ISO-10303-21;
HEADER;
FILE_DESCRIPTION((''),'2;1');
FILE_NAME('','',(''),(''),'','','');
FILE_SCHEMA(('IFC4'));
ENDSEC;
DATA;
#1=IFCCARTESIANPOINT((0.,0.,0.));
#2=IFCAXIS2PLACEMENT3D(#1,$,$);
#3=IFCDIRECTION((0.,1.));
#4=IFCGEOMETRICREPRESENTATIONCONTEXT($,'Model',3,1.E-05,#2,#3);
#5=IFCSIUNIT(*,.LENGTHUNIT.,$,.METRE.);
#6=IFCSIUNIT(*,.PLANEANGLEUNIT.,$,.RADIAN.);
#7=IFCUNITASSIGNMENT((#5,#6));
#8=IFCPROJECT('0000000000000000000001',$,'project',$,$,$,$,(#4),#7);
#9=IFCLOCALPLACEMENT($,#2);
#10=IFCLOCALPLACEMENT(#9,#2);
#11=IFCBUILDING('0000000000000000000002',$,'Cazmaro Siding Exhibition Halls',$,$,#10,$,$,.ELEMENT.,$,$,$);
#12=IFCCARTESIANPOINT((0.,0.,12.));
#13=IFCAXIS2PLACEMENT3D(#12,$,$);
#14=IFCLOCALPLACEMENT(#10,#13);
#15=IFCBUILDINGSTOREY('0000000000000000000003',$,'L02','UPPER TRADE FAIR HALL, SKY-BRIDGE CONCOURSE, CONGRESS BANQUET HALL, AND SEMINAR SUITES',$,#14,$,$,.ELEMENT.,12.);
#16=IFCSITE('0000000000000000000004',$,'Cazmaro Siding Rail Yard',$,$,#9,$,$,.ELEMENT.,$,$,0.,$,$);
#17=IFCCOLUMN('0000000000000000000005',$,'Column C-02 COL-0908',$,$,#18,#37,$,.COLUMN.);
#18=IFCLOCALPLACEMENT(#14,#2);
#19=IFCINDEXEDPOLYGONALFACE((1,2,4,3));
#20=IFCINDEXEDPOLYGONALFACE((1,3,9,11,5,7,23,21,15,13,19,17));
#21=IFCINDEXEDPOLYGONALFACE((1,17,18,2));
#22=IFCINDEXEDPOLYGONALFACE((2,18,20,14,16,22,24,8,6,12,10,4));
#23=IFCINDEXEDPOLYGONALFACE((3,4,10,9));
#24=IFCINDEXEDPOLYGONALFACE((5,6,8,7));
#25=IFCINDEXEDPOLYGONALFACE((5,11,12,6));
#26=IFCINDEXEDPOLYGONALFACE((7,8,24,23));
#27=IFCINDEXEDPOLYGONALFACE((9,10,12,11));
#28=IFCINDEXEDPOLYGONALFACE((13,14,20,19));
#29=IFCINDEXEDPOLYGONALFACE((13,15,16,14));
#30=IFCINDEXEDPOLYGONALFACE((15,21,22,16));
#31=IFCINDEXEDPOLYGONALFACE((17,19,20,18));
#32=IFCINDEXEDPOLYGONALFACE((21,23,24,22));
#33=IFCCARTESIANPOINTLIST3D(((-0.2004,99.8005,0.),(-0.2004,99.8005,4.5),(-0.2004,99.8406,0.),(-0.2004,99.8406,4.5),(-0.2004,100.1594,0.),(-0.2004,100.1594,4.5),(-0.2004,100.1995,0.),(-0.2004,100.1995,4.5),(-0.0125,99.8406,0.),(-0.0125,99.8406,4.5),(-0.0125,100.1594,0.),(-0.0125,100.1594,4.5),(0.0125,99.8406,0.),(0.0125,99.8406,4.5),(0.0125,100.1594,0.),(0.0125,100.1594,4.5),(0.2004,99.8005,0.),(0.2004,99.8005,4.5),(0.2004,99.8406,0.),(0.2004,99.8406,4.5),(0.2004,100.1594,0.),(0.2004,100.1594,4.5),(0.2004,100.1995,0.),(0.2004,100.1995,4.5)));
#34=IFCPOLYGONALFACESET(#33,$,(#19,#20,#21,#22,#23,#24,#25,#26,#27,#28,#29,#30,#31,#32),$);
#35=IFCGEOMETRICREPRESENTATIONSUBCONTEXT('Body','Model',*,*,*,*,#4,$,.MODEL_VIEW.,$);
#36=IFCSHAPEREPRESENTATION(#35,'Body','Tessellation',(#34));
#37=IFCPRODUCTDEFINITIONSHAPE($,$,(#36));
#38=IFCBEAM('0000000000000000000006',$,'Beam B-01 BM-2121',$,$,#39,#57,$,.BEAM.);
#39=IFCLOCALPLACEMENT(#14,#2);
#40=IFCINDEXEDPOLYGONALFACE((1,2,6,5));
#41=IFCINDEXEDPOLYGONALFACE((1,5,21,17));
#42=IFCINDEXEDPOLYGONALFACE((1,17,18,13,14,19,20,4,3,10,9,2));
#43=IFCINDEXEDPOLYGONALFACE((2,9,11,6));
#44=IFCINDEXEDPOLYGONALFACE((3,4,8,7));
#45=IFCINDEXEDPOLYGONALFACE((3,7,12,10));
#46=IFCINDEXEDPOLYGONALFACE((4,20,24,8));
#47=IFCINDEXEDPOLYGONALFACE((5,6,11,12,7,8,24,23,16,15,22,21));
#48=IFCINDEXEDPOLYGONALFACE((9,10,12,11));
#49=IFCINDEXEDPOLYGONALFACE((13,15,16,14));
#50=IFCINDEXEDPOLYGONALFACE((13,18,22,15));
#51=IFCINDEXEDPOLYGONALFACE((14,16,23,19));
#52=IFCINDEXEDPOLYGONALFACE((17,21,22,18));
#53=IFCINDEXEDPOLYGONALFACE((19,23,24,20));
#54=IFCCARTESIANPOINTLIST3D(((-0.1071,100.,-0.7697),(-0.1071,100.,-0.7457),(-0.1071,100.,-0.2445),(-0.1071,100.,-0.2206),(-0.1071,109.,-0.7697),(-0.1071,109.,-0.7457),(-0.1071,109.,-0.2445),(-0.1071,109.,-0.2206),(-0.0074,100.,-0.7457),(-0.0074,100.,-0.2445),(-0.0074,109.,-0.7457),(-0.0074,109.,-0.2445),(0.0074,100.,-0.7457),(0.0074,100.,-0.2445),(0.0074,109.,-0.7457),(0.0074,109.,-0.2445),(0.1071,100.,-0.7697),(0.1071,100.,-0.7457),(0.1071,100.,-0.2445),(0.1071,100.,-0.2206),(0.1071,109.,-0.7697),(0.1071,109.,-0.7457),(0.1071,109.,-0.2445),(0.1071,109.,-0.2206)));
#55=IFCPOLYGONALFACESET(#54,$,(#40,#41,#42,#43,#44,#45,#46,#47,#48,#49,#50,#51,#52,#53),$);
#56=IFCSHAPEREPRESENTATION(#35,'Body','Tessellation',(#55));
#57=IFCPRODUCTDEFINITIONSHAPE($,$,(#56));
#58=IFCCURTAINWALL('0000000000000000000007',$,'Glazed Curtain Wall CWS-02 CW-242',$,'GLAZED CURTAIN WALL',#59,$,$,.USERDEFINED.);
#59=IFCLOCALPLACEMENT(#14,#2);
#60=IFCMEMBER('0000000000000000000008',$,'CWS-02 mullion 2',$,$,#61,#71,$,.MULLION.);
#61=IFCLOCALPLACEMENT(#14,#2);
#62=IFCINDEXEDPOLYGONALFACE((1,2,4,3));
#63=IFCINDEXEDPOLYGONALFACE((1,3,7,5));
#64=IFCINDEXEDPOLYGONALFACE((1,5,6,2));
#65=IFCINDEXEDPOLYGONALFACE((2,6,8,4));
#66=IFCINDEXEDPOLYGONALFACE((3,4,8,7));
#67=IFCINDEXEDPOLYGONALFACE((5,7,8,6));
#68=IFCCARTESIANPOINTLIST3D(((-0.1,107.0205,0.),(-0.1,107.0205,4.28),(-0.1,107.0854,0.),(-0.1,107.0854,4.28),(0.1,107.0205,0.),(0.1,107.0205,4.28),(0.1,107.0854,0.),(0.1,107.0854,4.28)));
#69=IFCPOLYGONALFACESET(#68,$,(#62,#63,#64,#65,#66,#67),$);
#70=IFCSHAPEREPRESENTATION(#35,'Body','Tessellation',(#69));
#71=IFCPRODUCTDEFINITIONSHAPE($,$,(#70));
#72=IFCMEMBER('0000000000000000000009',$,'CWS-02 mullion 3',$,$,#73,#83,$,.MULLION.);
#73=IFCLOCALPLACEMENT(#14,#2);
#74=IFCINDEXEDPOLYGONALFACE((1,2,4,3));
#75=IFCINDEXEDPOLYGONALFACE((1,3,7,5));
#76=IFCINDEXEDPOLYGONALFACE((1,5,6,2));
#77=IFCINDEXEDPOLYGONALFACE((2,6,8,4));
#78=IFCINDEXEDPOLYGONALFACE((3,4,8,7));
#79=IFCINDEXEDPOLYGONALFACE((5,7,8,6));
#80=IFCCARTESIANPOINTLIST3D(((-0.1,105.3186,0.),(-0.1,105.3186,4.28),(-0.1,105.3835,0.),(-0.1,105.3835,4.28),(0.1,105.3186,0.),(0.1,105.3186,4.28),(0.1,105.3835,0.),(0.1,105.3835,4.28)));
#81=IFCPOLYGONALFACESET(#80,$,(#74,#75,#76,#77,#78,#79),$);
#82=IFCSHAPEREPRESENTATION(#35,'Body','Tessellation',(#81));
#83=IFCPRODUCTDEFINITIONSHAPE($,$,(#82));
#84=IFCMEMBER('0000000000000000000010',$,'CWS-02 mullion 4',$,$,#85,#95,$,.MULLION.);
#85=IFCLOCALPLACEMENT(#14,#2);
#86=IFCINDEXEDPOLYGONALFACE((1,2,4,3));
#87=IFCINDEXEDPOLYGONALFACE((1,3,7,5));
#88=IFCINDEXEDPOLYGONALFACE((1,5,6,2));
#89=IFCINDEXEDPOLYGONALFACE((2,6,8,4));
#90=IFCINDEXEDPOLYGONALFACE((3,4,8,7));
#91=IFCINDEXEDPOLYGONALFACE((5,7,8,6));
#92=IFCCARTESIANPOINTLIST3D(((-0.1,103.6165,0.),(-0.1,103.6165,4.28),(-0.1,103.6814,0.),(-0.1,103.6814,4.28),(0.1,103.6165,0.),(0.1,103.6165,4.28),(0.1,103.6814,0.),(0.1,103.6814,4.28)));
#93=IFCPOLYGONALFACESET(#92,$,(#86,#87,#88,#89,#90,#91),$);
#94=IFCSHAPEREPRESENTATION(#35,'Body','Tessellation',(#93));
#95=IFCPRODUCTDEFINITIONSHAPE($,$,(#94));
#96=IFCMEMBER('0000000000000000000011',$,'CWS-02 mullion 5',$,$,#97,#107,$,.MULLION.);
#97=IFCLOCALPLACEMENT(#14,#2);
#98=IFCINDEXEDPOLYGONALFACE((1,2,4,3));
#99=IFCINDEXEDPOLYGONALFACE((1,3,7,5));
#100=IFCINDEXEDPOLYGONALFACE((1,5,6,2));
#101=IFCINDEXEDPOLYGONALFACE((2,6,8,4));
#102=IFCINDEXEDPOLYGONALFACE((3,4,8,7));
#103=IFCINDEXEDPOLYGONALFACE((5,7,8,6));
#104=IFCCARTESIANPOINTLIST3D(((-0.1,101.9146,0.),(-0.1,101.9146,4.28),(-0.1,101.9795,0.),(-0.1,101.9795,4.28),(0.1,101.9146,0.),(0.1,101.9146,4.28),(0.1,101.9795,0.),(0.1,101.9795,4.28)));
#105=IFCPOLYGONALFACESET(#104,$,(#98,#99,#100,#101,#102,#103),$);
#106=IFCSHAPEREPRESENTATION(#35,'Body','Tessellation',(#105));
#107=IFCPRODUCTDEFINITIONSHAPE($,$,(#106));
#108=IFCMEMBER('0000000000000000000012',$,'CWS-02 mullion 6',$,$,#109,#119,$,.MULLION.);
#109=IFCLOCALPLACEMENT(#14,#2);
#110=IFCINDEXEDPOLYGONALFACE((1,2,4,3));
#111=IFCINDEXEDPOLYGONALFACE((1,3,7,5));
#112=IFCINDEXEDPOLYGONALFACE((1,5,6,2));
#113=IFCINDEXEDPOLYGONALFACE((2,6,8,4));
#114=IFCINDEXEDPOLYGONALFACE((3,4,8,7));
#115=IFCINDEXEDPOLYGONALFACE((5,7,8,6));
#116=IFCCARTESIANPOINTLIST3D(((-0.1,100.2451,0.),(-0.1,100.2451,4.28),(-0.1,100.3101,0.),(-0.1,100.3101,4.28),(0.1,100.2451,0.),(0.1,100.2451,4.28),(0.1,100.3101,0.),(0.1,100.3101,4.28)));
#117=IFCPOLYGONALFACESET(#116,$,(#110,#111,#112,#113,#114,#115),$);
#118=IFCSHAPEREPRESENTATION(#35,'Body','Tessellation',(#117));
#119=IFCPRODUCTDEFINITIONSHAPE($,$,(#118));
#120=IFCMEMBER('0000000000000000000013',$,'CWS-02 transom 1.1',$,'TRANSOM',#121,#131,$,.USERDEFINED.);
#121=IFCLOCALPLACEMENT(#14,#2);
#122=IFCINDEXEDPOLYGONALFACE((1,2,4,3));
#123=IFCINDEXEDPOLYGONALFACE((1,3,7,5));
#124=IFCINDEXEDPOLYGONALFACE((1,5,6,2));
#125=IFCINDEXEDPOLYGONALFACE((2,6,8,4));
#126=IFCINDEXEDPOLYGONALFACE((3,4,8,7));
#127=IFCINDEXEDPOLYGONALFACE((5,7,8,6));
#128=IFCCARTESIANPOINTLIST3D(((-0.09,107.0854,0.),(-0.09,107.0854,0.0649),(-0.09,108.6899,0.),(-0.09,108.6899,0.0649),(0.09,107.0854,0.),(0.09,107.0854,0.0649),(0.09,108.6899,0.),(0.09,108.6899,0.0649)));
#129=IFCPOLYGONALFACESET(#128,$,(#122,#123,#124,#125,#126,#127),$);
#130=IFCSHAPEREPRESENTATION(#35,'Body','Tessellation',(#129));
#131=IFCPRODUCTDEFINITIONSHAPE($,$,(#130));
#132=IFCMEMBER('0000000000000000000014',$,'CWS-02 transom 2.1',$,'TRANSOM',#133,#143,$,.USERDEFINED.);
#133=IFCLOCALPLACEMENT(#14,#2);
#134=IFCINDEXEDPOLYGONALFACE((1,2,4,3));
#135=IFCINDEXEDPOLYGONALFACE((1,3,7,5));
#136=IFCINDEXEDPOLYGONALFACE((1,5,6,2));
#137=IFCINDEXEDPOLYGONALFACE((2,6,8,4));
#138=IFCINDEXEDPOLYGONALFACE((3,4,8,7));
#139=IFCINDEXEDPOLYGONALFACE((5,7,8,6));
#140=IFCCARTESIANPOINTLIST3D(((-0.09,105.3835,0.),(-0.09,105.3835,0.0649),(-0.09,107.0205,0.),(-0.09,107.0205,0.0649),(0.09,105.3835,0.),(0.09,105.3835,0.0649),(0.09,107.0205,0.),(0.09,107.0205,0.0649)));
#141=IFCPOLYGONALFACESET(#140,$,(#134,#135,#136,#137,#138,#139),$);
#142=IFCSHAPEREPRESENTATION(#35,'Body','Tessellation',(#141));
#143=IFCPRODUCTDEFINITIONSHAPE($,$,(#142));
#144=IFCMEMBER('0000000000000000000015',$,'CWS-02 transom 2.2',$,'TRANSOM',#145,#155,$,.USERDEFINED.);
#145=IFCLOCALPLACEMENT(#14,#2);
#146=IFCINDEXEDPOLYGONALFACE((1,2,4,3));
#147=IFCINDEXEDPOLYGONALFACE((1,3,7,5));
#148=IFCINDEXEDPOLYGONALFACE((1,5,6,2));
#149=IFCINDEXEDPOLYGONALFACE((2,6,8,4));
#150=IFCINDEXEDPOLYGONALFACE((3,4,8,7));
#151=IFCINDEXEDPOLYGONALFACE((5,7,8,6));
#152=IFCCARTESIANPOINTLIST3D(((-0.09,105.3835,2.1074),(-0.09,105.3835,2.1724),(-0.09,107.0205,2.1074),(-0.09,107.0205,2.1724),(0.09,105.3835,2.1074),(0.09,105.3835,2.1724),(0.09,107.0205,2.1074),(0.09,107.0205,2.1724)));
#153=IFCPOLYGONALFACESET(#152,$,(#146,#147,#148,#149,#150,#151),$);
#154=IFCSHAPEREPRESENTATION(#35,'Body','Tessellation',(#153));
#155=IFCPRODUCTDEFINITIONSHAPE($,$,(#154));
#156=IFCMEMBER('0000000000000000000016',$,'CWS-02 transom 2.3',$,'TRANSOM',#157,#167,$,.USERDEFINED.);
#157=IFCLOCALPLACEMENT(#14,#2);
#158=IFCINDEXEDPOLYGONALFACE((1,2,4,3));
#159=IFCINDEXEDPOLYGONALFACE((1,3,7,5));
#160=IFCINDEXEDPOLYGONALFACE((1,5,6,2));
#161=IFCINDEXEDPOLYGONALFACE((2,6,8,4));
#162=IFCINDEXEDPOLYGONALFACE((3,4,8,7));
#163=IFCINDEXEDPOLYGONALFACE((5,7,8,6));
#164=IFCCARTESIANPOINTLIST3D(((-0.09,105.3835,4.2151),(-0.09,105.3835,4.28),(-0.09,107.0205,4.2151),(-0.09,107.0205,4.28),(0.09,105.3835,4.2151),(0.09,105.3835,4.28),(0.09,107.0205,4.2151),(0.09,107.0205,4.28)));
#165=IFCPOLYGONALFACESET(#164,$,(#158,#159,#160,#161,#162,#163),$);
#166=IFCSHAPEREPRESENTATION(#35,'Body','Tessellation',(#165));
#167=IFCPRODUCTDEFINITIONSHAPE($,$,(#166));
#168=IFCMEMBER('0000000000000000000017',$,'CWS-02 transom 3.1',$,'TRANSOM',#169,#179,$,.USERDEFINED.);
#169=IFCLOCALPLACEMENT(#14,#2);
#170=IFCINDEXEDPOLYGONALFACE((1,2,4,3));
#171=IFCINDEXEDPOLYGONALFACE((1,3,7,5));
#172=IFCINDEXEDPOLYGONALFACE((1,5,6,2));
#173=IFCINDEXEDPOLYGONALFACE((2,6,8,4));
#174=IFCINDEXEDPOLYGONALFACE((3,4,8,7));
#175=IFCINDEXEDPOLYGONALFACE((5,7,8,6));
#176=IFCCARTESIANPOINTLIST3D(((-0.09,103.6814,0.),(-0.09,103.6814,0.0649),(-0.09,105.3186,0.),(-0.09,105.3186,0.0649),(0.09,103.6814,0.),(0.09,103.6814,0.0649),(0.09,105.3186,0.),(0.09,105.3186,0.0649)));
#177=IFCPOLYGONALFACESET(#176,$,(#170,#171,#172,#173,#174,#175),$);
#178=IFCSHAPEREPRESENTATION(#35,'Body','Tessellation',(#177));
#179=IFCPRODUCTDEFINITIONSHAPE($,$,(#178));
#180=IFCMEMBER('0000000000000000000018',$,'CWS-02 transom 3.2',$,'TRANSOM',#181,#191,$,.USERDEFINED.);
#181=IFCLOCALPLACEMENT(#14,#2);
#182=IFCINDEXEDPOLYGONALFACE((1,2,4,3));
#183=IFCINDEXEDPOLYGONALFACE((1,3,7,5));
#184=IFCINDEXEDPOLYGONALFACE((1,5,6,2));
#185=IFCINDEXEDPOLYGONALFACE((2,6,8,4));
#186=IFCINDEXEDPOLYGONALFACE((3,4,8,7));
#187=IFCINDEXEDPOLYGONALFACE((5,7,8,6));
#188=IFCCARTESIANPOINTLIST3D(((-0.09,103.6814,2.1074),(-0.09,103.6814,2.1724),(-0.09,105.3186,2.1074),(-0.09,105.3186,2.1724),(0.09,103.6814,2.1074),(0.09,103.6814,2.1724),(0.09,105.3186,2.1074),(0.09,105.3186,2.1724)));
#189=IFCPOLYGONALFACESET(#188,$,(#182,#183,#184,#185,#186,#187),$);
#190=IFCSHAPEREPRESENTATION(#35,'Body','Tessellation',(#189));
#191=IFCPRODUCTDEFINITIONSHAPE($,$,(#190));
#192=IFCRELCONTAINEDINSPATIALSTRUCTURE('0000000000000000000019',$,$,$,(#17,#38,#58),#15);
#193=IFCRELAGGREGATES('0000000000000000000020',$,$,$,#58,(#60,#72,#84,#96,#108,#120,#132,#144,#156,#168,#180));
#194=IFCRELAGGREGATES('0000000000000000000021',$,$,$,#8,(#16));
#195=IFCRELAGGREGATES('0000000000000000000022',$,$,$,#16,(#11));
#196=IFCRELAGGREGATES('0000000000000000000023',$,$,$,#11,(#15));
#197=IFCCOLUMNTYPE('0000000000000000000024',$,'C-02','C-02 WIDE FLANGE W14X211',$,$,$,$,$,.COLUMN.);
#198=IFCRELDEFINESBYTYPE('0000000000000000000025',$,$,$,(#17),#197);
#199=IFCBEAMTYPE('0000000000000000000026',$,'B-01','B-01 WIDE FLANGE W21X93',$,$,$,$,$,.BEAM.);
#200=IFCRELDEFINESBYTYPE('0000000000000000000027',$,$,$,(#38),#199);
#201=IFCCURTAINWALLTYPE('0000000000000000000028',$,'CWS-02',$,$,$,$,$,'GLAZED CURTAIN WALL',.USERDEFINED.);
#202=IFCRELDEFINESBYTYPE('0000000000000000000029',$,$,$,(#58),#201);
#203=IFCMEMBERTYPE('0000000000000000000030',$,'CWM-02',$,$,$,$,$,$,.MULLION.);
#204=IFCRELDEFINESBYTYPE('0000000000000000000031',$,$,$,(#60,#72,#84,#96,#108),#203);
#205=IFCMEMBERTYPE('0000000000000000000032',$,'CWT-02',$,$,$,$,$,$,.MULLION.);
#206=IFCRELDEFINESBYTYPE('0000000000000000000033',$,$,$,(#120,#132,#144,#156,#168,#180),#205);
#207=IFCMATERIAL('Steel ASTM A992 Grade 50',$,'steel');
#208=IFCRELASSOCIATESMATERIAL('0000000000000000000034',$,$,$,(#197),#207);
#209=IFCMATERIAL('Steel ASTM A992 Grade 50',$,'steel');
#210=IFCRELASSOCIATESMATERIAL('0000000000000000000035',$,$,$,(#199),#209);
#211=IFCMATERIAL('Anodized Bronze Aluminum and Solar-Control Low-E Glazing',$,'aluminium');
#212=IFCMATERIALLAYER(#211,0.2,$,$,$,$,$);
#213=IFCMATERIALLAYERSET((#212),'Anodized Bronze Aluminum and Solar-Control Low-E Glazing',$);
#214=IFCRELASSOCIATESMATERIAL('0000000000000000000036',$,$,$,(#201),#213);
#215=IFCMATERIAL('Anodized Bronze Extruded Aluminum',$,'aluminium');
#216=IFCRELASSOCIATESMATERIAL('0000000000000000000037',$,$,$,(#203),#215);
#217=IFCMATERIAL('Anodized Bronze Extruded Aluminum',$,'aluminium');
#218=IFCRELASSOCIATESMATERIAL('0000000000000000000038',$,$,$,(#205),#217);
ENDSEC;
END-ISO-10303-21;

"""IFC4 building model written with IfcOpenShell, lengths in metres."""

from ifc_helpers import new_model, si_unit, direction, frame, origin, origin_2d, place, context, subcontext, project, spatial, rectangle, i_section, extrude, material, layer, layer_set, material_profile, profile_set, type_object, element, aggregate, save


model = new_model("IFC4")

# Units and contexts
model_context = context("Model", 3, precision=1e-05, world=origin(), true_north=direction((0.0, 1.0)))
body_context = subcontext(model_context, "Body", "Model", "MODEL_VIEW")
ifc_project = project(units=[si_unit("LENGTHUNIT", "METRE"), si_unit("PLANEANGLEUNIT", "RADIAN")], contexts=[model_context])

# Site, building, storey
site_placement = place(None, origin())
site = spatial("IfcSite", under=ifc_project, at=site_placement, Name="Cazmaro Siding Rail Yard", CompositionType="ELEMENT", RefElevation=0.0)
building_placement = place(site_placement, origin())
building = spatial("IfcBuilding", under=site, at=building_placement, Name="Cazmaro Siding Exhibition Halls", CompositionType="ELEMENT")
storey_placement = place(building_placement, frame((0.0, 0.0, 12.0)))
storey = spatial("IfcBuildingStorey", under=building, at=storey_placement, Name="L02", Description="UPPER TRADE FAIR HALL, SKY-BRIDGE CONCOURSE, CONGRESS BANQUET HALL, AND SEMINAR SUITES", CompositionType="ELEMENT", Elevation=12.0)

# Column
ifc_material_1 = material(Name="Steel ASTM A992 Grade 50", Category="steel")
ifc_material_profile_1 = material_profile(ifc_material_1, i_section(OverallWidth=0.4009, OverallDepth=0.3989, WebThickness=0.0249, FlangeThickness=0.04, at=origin_2d()), Name="W14X211")
ifc_profile_set_1 = profile_set([ifc_material_profile_1], Name="Steel ASTM A992 Grade 50")
column_type = type_object("IfcColumnType", Name="C-02", Description="C-02 WIDE FLANGE W14X211", PredefinedType="COLUMN", material=ifc_profile_set_1)
column_placement = place(storey_placement, frame((0.0, 100.0, 0.0), z_axis=(0.0, 0.0, 1.0), x_axis=(1.0, 0.0, 0.0)))
element("IfcColumn", 1, at=column_placement, inside=storey, type_object=column_type, Name="Column C-02 COL-0908", PredefinedType="COLUMN", context=body_context, shape_type="SweptSolid", body=[
    extrude(i_section(OverallWidth=0.4009, OverallDepth=0.3989, WebThickness=0.0249, FlangeThickness=0.04, at=origin_2d()), origin(), (0.0, 0.0, 1.0), 4.5),
])

# Beam
ifc_material_2 = material(Name="Steel ASTM A992 Grade 50", Category="steel")
ifc_material_profile_2 = material_profile(ifc_material_2, i_section(OverallWidth=0.2141, OverallDepth=0.5491, WebThickness=0.0149, FlangeThickness=0.0239, at=origin_2d()), Name="W21X93")
ifc_profile_set_2 = profile_set([ifc_material_profile_2], Name="Steel ASTM A992 Grade 50")
beam_type_1 = type_object("IfcBeamType", Name="B-01", Description="B-01 WIDE FLANGE W21X93", PredefinedType="BEAM", material=ifc_profile_set_2)
beam_1_placement = place(storey_placement, frame((0.0, 100.0, -0.4951), z_axis=(0.0, 1.0, 0.0), x_axis=(-1.0, 0.0, 0.0)))
element("IfcBeam", 2, at=beam_1_placement, inside=storey, type_object=beam_type_1, Name="Beam B-01 BM-2121", PredefinedType="BEAM", context=body_context, shape_type="SweptSolid", body=[
    extrude(i_section(OverallWidth=0.2141, OverallDepth=0.5491, WebThickness=0.0149, FlangeThickness=0.0239, at=origin_2d()), origin(), (0.0, 0.0, 1.0), 9.0),
])

# Curtain wall, members
ifc_material_3 = material(Name="Anodized Bronze Aluminum and Solar-Control Low-E Glazing", Category="aluminium")
ifc_layer_1 = layer(ifc_material_3, 0.2)
ifc_layer_set_1 = layer_set([ifc_layer_1], Name="Anodized Bronze Aluminum and Solar-Control Low-E Glazing")
curtain_wall_type = type_object("IfcCurtainWallType", Name="CWS-02", ElementType="GLAZED CURTAIN WALL", PredefinedType="USERDEFINED", material=ifc_layer_set_1)
curtain_wall_placement = place(storey_placement, origin())
curtain_wall = element("IfcCurtainWall", 3, at=curtain_wall_placement, inside=storey, type_object=curtain_wall_type, Name="Glazed Curtain Wall CWS-02 CW-242", ObjectType="GLAZED CURTAIN WALL", PredefinedType="USERDEFINED")
ifc_material_4 = material(Name="Anodized Bronze Extruded Aluminum", Category="aluminium")
ifc_material_profile_3 = material_profile(ifc_material_4, rectangle(XDim=0.2, YDim=0.0649, at=origin_2d()), Name="CWM-02")
ifc_profile_set_3 = profile_set([ifc_material_profile_3], Name="Anodized Bronze Extruded Aluminum")
member_type_1 = type_object("IfcMemberType", Name="CWM-02", PredefinedType="MULLION", material=ifc_profile_set_3)
member_1_placement = place(storey_placement, frame((0.0, 107.053, 0.0), z_axis=(0.0, 0.0, 1.0), x_axis=(1.0, 0.0, 0.0)))
member_1 = element("IfcMember", 4, at=member_1_placement, type_object=member_type_1, Name="CWS-02 mullion 2", PredefinedType="MULLION", context=body_context, shape_type="SweptSolid", body=[
    extrude(rectangle(XDim=0.2, YDim=0.0649, at=origin_2d()), origin(), (0.0, 0.0, 1.0), 4.28),
])
member_2_placement = place(storey_placement, frame((0.0, 105.3511, 0.0), z_axis=(0.0, 0.0, 1.0), x_axis=(1.0, 0.0, 0.0)))
member_2 = element("IfcMember", 5, at=member_2_placement, type_object=member_type_1, Name="CWS-02 mullion 3", PredefinedType="MULLION", context=body_context, shape_type="SweptSolid", body=[
    extrude(rectangle(XDim=0.2, YDim=0.0649, at=origin_2d()), origin(), (0.0, 0.0, 1.0), 4.28),
])
member_3_placement = place(storey_placement, frame((0.0, 103.6489, 0.0), z_axis=(0.0, 0.0, 1.0), x_axis=(1.0, 0.0, 0.0)))
member_3 = element("IfcMember", 6, at=member_3_placement, type_object=member_type_1, Name="CWS-02 mullion 4", PredefinedType="MULLION", context=body_context, shape_type="SweptSolid", body=[
    extrude(rectangle(XDim=0.2, YDim=0.0649, at=origin_2d()), origin(), (0.0, 0.0, 1.0), 4.28),
])
member_4_placement = place(storey_placement, frame((0.0, 101.947, 0.0), z_axis=(0.0, 0.0, 1.0), x_axis=(1.0, 0.0, 0.0)))
member_4 = element("IfcMember", 7, at=member_4_placement, type_object=member_type_1, Name="CWS-02 mullion 5", PredefinedType="MULLION", context=body_context, shape_type="SweptSolid", body=[
    extrude(rectangle(XDim=0.2, YDim=0.0649, at=origin_2d()), origin(), (0.0, 0.0, 1.0), 4.28),
])
member_5_placement = place(storey_placement, frame((0.0, 100.2776, 0.0), z_axis=(0.0, 0.0, 1.0), x_axis=(1.0, 0.0, 0.0)))
member_5 = element("IfcMember", 8, at=member_5_placement, type_object=member_type_1, Name="CWS-02 mullion 6", PredefinedType="MULLION", context=body_context, shape_type="SweptSolid", body=[
    extrude(rectangle(XDim=0.2, YDim=0.0649, at=origin_2d()), origin(), (0.0, 0.0, 1.0), 4.28),
])
ifc_material_5 = material(Name="Anodized Bronze Extruded Aluminum", Category="aluminium")
ifc_material_profile_4 = material_profile(ifc_material_5, rectangle(XDim=0.1799, YDim=0.0649, at=origin_2d()), Name="CWT-02")
ifc_profile_set_4 = profile_set([ifc_material_profile_4], Name="Anodized Bronze Extruded Aluminum")
member_type_2 = type_object("IfcMemberType", Name="CWT-02", PredefinedType="MULLION", material=ifc_profile_set_4)
member_6_placement = place(storey_placement, frame((0.0, 108.6899, 0.0325), z_axis=(0.0, -1.0, 0.0), x_axis=(1.0, 0.0, 0.0)))
member_6 = element("IfcMember", 9, at=member_6_placement, type_object=member_type_2, Name="CWS-02 transom 1.1", ObjectType="TRANSOM", PredefinedType="USERDEFINED", context=body_context, shape_type="SweptSolid", body=[
    extrude(rectangle(XDim=0.1799, YDim=0.0649, at=origin_2d()), origin(), (0.0, 0.0, 1.0), 1.6045),
])
member_7_placement = place(storey_placement, frame((0.0, 107.0205, 0.0325), z_axis=(0.0, -1.0, 0.0), x_axis=(1.0, 0.0, 0.0)))
member_7 = element("IfcMember", 10, at=member_7_placement, type_object=member_type_2, Name="CWS-02 transom 2.1", ObjectType="TRANSOM", PredefinedType="USERDEFINED", context=body_context, shape_type="SweptSolid", body=[
    extrude(rectangle(XDim=0.1799, YDim=0.0649, at=origin_2d()), origin(), (0.0, 0.0, 1.0), 1.637),
])
member_8_placement = place(storey_placement, frame((0.0, 107.0205, 2.1399), z_axis=(0.0, -1.0, 0.0), x_axis=(1.0, 0.0, 0.0)))
member_8 = element("IfcMember", 11, at=member_8_placement, type_object=member_type_2, Name="CWS-02 transom 2.2", ObjectType="TRANSOM", PredefinedType="USERDEFINED", context=body_context, shape_type="SweptSolid", body=[
    extrude(rectangle(XDim=0.1799, YDim=0.0649, at=origin_2d()), origin(), (0.0, 0.0, 1.0), 1.637),
])
member_9_placement = place(storey_placement, frame((0.0, 107.0205, 4.2476), z_axis=(0.0, -1.0, 0.0), x_axis=(1.0, 0.0, 0.0)))
member_9 = element("IfcMember", 12, at=member_9_placement, type_object=member_type_2, Name="CWS-02 transom 2.3", ObjectType="TRANSOM", PredefinedType="USERDEFINED", context=body_context, shape_type="SweptSolid", body=[
    extrude(rectangle(XDim=0.1799, YDim=0.0649, at=origin_2d()), origin(), (0.0, 0.0, 1.0), 1.637),
])
member_10_placement = place(storey_placement, frame((0.0, 105.3186, 0.0325), z_axis=(0.0, -1.0, 0.0), x_axis=(1.0, 0.0, 0.0)))
member_10 = element("IfcMember", 13, at=member_10_placement, type_object=member_type_2, Name="CWS-02 transom 3.1", ObjectType="TRANSOM", PredefinedType="USERDEFINED", context=body_context, shape_type="SweptSolid", body=[
    extrude(rectangle(XDim=0.1799, YDim=0.0649, at=origin_2d()), origin(), (0.0, 0.0, 1.0), 1.6372),
])
member_11_placement = place(storey_placement, frame((0.0, 105.3186, 2.1399), z_axis=(0.0, -1.0, 0.0), x_axis=(1.0, 0.0, 0.0)))
member_11 = element("IfcMember", 14, at=member_11_placement, type_object=member_type_2, Name="CWS-02 transom 3.2", ObjectType="TRANSOM", PredefinedType="USERDEFINED", context=body_context, shape_type="SweptSolid", body=[
    extrude(rectangle(XDim=0.1799, YDim=0.0649, at=origin_2d()), origin(), (0.0, 0.0, 1.0), 1.6372),
])

aggregate(curtain_wall, [member_1, member_2, member_3, member_4, member_5, member_6, member_7, member_8, member_9, member_10, member_11])

save(model, "model.ifc")
